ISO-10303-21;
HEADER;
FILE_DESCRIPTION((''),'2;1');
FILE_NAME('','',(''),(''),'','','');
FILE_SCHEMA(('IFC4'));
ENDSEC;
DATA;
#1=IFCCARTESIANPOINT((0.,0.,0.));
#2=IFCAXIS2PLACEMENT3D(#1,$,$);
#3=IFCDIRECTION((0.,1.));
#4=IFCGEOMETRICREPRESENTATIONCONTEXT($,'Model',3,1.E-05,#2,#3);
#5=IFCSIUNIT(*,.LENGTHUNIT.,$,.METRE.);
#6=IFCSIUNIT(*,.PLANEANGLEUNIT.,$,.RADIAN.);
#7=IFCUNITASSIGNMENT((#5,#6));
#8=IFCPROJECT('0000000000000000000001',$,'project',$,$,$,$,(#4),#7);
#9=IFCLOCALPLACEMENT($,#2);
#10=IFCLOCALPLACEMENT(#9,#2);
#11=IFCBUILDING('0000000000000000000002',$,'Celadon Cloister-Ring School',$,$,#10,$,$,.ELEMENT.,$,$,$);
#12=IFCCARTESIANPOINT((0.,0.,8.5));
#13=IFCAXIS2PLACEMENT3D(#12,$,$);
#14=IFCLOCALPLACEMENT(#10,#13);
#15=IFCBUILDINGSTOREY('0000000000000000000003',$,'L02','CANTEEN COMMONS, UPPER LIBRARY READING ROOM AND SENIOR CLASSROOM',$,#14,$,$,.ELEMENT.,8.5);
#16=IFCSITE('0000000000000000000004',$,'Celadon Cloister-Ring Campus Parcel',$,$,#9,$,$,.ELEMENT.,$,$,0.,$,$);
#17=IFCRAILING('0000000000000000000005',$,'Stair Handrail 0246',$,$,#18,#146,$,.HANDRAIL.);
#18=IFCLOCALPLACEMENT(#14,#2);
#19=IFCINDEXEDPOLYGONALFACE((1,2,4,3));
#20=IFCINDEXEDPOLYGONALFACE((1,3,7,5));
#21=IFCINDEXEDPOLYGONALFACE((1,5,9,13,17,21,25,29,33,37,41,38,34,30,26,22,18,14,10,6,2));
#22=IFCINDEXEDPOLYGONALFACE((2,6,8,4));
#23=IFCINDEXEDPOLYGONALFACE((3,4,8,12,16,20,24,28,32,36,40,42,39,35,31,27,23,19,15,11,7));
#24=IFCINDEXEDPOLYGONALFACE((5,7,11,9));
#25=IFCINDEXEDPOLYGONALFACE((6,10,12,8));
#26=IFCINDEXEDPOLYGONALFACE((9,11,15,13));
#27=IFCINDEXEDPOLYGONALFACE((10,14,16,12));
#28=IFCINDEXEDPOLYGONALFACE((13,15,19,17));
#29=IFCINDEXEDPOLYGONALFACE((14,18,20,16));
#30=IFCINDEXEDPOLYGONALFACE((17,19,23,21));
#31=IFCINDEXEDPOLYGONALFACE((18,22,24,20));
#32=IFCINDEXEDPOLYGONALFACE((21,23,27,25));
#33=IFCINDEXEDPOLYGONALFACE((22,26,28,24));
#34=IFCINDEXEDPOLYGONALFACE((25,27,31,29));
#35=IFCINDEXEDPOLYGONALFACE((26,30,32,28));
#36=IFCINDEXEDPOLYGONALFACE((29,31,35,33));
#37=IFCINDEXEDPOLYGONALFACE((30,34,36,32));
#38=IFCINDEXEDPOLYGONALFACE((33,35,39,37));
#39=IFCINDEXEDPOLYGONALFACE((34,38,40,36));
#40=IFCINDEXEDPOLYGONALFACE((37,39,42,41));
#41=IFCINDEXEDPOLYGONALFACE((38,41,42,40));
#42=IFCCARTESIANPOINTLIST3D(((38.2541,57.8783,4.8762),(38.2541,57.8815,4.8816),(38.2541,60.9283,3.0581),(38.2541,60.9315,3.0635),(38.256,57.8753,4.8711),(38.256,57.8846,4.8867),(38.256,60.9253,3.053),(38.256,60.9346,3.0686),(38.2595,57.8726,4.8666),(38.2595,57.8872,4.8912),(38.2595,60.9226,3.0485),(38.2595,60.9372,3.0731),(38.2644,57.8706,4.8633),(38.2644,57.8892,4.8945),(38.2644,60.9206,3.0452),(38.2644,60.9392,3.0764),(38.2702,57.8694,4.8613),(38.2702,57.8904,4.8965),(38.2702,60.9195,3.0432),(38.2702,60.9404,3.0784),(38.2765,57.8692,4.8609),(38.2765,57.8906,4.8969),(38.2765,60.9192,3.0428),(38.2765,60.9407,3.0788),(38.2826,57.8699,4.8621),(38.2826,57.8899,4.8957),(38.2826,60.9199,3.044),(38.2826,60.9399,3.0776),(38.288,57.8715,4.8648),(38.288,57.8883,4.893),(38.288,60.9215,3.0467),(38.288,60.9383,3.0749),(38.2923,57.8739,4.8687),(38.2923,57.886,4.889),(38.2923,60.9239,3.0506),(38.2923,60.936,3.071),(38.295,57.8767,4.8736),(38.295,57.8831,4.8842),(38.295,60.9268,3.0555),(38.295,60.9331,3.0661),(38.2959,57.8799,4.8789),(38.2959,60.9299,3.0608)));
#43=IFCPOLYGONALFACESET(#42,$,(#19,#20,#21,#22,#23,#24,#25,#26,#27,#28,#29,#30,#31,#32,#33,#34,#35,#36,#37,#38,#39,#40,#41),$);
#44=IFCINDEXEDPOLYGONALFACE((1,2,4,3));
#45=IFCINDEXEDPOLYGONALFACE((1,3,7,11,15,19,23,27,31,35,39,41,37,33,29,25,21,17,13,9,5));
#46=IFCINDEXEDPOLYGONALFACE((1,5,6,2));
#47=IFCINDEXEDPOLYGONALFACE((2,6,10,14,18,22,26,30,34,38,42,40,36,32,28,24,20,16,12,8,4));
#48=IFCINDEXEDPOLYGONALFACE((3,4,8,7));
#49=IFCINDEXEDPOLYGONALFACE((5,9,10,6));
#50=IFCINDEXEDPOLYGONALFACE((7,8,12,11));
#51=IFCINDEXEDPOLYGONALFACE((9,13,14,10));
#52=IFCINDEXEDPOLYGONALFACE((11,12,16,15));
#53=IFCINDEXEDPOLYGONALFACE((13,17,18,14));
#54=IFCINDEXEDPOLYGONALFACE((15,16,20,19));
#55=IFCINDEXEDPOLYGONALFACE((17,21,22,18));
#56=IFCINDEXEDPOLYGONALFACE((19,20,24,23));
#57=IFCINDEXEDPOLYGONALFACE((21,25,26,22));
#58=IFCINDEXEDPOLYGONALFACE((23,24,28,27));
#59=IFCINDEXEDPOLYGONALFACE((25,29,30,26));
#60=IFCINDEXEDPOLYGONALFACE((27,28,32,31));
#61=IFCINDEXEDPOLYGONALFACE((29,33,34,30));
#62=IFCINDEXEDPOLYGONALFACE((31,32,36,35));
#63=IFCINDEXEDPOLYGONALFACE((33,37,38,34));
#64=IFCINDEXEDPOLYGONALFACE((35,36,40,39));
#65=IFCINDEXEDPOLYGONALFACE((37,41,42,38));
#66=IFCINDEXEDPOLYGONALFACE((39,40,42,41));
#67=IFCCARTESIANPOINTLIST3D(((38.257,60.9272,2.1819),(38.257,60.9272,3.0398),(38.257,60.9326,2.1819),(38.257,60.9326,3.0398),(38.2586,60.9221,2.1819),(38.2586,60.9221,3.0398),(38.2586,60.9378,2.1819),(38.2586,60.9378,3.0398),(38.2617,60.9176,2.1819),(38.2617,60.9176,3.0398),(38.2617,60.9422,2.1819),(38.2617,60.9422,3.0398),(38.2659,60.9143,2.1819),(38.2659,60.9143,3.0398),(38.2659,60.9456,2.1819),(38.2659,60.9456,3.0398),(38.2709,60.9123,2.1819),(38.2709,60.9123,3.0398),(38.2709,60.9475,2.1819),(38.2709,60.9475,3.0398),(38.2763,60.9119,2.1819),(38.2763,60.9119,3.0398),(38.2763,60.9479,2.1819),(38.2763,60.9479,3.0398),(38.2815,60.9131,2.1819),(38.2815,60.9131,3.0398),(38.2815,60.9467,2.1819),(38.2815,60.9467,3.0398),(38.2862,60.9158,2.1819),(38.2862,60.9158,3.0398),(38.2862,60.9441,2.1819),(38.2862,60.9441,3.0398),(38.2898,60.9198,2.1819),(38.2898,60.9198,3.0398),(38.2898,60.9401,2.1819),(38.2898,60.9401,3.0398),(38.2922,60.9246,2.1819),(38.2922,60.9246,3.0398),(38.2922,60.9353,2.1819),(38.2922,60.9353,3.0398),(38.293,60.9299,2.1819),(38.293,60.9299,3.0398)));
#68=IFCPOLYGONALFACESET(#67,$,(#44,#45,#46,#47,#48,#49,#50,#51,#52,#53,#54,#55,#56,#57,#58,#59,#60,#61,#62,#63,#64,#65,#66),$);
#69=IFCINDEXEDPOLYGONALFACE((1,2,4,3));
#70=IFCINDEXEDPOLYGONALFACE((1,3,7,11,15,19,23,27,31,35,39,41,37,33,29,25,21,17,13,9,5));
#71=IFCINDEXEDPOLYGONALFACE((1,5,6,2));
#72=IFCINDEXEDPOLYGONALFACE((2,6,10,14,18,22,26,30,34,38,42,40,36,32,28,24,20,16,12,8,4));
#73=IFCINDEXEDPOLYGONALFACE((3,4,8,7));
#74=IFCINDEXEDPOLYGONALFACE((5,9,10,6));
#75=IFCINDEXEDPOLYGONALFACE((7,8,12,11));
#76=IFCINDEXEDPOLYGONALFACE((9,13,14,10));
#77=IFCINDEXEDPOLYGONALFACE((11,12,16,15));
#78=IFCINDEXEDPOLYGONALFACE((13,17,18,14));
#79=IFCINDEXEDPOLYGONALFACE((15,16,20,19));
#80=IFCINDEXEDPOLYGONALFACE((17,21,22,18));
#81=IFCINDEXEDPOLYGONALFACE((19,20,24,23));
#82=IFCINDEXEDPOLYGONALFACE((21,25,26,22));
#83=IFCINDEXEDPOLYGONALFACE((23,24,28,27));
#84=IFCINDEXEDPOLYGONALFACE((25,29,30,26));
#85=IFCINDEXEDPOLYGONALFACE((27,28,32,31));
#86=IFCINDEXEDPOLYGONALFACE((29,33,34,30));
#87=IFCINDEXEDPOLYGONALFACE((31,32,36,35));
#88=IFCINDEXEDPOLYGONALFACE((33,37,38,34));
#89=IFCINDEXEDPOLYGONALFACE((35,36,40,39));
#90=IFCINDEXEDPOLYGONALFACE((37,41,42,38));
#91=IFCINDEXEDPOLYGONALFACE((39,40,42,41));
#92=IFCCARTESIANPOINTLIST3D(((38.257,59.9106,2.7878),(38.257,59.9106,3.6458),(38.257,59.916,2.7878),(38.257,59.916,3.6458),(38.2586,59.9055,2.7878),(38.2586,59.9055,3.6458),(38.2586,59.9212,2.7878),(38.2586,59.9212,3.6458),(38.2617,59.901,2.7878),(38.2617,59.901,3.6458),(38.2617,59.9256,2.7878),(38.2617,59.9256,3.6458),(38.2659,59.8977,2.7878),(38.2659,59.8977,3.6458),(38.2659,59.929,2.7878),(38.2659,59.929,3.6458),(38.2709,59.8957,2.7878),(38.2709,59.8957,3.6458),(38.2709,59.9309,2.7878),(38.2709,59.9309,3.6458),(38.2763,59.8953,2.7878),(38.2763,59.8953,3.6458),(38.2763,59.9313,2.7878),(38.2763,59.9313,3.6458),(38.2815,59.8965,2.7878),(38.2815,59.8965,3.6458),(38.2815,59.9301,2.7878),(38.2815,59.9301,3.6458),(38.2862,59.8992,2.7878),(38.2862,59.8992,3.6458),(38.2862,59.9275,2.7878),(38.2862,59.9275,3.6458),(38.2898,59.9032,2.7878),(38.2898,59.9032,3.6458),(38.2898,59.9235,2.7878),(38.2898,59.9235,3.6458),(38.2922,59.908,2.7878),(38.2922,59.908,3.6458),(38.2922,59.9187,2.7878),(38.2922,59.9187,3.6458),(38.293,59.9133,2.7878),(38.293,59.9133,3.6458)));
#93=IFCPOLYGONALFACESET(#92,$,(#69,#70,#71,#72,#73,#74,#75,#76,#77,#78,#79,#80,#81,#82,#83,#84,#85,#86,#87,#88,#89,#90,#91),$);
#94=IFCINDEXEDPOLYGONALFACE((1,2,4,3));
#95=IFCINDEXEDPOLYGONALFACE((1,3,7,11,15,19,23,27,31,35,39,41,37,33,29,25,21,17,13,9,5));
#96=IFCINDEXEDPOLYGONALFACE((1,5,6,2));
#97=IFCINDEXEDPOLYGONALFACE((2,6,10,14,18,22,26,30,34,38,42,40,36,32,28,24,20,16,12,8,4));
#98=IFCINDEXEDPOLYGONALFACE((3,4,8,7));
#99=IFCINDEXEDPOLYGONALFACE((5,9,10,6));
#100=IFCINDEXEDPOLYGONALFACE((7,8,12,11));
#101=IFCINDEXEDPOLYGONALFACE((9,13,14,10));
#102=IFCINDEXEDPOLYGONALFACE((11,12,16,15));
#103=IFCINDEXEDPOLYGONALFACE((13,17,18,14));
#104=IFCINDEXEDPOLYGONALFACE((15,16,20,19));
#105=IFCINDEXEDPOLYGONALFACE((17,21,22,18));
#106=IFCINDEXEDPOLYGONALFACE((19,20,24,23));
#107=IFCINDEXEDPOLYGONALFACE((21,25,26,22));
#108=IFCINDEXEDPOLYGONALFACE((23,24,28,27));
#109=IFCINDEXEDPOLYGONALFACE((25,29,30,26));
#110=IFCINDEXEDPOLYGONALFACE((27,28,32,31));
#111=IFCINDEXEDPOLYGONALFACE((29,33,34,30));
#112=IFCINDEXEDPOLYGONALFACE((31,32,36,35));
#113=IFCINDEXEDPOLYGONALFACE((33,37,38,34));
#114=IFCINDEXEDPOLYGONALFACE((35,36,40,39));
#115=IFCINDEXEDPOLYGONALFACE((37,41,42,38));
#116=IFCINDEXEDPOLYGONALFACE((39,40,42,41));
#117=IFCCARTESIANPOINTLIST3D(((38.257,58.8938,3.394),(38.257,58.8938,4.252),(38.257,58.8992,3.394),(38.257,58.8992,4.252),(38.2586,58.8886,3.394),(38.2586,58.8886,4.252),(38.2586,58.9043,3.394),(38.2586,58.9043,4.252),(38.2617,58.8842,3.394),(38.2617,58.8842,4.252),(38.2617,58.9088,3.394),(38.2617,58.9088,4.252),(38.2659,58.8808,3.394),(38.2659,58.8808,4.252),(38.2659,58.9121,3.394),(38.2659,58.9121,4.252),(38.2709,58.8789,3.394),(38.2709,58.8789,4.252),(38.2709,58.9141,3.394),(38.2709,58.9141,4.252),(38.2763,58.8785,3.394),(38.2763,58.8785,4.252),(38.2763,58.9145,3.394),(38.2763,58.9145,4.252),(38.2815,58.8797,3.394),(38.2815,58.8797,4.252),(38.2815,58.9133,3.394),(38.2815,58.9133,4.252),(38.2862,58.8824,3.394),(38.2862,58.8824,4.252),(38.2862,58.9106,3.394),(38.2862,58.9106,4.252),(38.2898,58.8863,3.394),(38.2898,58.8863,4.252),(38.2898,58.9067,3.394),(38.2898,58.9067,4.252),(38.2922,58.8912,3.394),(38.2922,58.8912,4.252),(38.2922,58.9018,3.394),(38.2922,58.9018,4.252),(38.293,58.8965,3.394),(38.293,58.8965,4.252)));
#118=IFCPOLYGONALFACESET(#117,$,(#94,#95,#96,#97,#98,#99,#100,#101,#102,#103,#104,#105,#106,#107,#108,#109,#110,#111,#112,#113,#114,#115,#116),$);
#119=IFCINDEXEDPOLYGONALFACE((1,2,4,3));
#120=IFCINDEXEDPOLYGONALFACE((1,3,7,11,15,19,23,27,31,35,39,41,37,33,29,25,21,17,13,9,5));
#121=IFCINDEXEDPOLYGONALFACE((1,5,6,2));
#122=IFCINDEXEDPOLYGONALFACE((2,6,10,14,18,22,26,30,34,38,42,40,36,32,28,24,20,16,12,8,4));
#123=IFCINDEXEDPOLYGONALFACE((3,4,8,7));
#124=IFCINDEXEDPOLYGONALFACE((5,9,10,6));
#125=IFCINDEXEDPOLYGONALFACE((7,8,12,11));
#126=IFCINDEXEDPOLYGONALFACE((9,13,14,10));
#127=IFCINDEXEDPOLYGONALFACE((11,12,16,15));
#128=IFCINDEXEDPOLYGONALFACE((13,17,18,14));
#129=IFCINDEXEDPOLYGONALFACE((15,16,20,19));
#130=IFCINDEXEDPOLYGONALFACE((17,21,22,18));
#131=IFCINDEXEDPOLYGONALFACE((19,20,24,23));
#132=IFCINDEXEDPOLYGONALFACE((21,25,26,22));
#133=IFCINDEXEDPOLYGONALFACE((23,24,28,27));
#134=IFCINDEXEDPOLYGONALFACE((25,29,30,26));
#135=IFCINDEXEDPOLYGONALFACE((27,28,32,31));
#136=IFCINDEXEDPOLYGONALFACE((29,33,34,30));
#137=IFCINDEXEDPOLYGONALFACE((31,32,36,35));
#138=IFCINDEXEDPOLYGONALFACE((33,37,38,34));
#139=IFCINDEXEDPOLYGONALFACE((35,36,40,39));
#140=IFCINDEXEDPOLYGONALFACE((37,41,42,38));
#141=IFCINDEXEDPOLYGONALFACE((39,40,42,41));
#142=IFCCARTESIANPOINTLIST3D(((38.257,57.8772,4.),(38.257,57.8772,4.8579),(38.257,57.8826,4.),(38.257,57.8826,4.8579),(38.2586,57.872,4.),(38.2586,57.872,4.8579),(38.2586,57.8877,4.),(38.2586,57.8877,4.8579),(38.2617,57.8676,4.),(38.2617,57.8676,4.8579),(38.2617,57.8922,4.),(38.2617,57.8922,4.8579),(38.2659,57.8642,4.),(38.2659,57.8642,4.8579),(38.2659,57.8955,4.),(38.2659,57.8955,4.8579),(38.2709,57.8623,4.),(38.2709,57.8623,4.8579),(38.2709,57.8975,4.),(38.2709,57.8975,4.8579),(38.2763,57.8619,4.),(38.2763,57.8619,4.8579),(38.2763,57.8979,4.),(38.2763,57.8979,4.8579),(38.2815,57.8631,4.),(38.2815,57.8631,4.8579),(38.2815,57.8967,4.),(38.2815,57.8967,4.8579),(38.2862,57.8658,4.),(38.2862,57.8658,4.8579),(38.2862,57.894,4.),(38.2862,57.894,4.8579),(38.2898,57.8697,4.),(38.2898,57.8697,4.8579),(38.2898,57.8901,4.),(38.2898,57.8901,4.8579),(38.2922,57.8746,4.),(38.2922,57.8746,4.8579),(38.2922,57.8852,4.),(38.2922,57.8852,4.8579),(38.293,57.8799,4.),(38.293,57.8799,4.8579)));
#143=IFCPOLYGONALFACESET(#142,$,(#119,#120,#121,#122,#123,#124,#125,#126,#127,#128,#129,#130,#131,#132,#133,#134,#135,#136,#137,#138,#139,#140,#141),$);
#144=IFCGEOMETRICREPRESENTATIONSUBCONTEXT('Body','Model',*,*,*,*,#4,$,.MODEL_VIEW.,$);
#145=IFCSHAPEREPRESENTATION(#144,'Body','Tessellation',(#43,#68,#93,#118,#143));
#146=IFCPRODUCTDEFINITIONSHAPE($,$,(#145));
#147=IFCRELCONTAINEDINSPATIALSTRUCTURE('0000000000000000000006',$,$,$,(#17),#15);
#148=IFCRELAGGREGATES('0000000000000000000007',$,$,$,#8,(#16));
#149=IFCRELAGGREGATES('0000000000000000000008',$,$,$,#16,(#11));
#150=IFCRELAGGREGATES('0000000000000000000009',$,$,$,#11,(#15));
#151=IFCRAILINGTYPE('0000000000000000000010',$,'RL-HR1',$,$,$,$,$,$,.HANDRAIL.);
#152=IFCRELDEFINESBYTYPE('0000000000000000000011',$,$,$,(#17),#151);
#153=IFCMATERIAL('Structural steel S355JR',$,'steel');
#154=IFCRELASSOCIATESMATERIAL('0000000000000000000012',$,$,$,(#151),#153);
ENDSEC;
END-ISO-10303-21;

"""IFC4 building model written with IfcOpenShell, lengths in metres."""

from ifc_helpers import new_model, si_unit, direction, frame, origin, origin_2d, place, context, subcontext, project, spatial, circle, extrude, material, type_object, element, save


model = new_model("IFC4")

# Units and contexts
model_context = context("Model", 3, precision=1e-05, world=origin(), true_north=direction((0.0, 1.0)))
body_context = subcontext(model_context, "Body", "Model", "MODEL_VIEW")
ifc_project = project(units=[si_unit("LENGTHUNIT", "METRE"), si_unit("PLANEANGLEUNIT", "RADIAN")], contexts=[model_context])

# Site, building, storey
site_placement = place(None, origin())
site = spatial("IfcSite", under=ifc_project, at=site_placement, Name="Celadon Cloister-Ring Campus Parcel", CompositionType="ELEMENT", RefElevation=0.0)
building_placement = place(site_placement, origin())
building = spatial("IfcBuilding", under=site, at=building_placement, Name="Celadon Cloister-Ring School", CompositionType="ELEMENT")
storey_placement = place(building_placement, frame((0.0, 0.0, 8.5)))
storey = spatial("IfcBuildingStorey", under=building, at=storey_placement, Name="L02", Description="CANTEEN COMMONS, UPPER LIBRARY READING ROOM AND SENIOR CLASSROOM", CompositionType="ELEMENT", Elevation=8.5)

# Railing
ifc_material_1 = material(Name="Structural steel S355JR", Category="steel")
railing_type_1 = type_object("IfcRailingType", Name="RL-HR1", PredefinedType="HANDRAIL", material=ifc_material_1)
for number, where, name in (
    (1, (38.2749, 60.9299, 2.1819), "Stair Handrail 0246"),
):
    element("IfcRailing", number, at=place(storey_placement, frame(where)), inside=storey, type_object=railing_type_1, Name=name, PredefinedType="HANDRAIL", context=body_context, shape_type="SweptSolid", body=[
        extrude(circle(Radius=0.021, at=origin_2d()), frame((0.0, 0.0, 0.8789), z_axis=(0.0, -0.85897, 0.512026), x_axis=(1.0, 0.0, 0.0)), (0.0, 0.0, 1.0), 3.5508),
        extrude(circle(Radius=0.0181, at=origin_2d()), origin(), (0.0, 0.0, 1.0), 0.8579),
        extrude(circle(Radius=0.0181, at=origin_2d()), frame((0.0, -1.0166, 0.606)), (0.0, 0.0, 1.0), 0.8579),
        extrude(circle(Radius=0.0181, at=origin_2d()), frame((0.0, -2.0334, 1.2122)), (0.0, 0.0, 1.0), 0.8579),
        extrude(circle(Radius=0.0181, at=origin_2d()), frame((0.0, -3.05, 1.8181)), (0.0, 0.0, 1.0), 0.8579),
    ])

save(model, "model.ifc")
